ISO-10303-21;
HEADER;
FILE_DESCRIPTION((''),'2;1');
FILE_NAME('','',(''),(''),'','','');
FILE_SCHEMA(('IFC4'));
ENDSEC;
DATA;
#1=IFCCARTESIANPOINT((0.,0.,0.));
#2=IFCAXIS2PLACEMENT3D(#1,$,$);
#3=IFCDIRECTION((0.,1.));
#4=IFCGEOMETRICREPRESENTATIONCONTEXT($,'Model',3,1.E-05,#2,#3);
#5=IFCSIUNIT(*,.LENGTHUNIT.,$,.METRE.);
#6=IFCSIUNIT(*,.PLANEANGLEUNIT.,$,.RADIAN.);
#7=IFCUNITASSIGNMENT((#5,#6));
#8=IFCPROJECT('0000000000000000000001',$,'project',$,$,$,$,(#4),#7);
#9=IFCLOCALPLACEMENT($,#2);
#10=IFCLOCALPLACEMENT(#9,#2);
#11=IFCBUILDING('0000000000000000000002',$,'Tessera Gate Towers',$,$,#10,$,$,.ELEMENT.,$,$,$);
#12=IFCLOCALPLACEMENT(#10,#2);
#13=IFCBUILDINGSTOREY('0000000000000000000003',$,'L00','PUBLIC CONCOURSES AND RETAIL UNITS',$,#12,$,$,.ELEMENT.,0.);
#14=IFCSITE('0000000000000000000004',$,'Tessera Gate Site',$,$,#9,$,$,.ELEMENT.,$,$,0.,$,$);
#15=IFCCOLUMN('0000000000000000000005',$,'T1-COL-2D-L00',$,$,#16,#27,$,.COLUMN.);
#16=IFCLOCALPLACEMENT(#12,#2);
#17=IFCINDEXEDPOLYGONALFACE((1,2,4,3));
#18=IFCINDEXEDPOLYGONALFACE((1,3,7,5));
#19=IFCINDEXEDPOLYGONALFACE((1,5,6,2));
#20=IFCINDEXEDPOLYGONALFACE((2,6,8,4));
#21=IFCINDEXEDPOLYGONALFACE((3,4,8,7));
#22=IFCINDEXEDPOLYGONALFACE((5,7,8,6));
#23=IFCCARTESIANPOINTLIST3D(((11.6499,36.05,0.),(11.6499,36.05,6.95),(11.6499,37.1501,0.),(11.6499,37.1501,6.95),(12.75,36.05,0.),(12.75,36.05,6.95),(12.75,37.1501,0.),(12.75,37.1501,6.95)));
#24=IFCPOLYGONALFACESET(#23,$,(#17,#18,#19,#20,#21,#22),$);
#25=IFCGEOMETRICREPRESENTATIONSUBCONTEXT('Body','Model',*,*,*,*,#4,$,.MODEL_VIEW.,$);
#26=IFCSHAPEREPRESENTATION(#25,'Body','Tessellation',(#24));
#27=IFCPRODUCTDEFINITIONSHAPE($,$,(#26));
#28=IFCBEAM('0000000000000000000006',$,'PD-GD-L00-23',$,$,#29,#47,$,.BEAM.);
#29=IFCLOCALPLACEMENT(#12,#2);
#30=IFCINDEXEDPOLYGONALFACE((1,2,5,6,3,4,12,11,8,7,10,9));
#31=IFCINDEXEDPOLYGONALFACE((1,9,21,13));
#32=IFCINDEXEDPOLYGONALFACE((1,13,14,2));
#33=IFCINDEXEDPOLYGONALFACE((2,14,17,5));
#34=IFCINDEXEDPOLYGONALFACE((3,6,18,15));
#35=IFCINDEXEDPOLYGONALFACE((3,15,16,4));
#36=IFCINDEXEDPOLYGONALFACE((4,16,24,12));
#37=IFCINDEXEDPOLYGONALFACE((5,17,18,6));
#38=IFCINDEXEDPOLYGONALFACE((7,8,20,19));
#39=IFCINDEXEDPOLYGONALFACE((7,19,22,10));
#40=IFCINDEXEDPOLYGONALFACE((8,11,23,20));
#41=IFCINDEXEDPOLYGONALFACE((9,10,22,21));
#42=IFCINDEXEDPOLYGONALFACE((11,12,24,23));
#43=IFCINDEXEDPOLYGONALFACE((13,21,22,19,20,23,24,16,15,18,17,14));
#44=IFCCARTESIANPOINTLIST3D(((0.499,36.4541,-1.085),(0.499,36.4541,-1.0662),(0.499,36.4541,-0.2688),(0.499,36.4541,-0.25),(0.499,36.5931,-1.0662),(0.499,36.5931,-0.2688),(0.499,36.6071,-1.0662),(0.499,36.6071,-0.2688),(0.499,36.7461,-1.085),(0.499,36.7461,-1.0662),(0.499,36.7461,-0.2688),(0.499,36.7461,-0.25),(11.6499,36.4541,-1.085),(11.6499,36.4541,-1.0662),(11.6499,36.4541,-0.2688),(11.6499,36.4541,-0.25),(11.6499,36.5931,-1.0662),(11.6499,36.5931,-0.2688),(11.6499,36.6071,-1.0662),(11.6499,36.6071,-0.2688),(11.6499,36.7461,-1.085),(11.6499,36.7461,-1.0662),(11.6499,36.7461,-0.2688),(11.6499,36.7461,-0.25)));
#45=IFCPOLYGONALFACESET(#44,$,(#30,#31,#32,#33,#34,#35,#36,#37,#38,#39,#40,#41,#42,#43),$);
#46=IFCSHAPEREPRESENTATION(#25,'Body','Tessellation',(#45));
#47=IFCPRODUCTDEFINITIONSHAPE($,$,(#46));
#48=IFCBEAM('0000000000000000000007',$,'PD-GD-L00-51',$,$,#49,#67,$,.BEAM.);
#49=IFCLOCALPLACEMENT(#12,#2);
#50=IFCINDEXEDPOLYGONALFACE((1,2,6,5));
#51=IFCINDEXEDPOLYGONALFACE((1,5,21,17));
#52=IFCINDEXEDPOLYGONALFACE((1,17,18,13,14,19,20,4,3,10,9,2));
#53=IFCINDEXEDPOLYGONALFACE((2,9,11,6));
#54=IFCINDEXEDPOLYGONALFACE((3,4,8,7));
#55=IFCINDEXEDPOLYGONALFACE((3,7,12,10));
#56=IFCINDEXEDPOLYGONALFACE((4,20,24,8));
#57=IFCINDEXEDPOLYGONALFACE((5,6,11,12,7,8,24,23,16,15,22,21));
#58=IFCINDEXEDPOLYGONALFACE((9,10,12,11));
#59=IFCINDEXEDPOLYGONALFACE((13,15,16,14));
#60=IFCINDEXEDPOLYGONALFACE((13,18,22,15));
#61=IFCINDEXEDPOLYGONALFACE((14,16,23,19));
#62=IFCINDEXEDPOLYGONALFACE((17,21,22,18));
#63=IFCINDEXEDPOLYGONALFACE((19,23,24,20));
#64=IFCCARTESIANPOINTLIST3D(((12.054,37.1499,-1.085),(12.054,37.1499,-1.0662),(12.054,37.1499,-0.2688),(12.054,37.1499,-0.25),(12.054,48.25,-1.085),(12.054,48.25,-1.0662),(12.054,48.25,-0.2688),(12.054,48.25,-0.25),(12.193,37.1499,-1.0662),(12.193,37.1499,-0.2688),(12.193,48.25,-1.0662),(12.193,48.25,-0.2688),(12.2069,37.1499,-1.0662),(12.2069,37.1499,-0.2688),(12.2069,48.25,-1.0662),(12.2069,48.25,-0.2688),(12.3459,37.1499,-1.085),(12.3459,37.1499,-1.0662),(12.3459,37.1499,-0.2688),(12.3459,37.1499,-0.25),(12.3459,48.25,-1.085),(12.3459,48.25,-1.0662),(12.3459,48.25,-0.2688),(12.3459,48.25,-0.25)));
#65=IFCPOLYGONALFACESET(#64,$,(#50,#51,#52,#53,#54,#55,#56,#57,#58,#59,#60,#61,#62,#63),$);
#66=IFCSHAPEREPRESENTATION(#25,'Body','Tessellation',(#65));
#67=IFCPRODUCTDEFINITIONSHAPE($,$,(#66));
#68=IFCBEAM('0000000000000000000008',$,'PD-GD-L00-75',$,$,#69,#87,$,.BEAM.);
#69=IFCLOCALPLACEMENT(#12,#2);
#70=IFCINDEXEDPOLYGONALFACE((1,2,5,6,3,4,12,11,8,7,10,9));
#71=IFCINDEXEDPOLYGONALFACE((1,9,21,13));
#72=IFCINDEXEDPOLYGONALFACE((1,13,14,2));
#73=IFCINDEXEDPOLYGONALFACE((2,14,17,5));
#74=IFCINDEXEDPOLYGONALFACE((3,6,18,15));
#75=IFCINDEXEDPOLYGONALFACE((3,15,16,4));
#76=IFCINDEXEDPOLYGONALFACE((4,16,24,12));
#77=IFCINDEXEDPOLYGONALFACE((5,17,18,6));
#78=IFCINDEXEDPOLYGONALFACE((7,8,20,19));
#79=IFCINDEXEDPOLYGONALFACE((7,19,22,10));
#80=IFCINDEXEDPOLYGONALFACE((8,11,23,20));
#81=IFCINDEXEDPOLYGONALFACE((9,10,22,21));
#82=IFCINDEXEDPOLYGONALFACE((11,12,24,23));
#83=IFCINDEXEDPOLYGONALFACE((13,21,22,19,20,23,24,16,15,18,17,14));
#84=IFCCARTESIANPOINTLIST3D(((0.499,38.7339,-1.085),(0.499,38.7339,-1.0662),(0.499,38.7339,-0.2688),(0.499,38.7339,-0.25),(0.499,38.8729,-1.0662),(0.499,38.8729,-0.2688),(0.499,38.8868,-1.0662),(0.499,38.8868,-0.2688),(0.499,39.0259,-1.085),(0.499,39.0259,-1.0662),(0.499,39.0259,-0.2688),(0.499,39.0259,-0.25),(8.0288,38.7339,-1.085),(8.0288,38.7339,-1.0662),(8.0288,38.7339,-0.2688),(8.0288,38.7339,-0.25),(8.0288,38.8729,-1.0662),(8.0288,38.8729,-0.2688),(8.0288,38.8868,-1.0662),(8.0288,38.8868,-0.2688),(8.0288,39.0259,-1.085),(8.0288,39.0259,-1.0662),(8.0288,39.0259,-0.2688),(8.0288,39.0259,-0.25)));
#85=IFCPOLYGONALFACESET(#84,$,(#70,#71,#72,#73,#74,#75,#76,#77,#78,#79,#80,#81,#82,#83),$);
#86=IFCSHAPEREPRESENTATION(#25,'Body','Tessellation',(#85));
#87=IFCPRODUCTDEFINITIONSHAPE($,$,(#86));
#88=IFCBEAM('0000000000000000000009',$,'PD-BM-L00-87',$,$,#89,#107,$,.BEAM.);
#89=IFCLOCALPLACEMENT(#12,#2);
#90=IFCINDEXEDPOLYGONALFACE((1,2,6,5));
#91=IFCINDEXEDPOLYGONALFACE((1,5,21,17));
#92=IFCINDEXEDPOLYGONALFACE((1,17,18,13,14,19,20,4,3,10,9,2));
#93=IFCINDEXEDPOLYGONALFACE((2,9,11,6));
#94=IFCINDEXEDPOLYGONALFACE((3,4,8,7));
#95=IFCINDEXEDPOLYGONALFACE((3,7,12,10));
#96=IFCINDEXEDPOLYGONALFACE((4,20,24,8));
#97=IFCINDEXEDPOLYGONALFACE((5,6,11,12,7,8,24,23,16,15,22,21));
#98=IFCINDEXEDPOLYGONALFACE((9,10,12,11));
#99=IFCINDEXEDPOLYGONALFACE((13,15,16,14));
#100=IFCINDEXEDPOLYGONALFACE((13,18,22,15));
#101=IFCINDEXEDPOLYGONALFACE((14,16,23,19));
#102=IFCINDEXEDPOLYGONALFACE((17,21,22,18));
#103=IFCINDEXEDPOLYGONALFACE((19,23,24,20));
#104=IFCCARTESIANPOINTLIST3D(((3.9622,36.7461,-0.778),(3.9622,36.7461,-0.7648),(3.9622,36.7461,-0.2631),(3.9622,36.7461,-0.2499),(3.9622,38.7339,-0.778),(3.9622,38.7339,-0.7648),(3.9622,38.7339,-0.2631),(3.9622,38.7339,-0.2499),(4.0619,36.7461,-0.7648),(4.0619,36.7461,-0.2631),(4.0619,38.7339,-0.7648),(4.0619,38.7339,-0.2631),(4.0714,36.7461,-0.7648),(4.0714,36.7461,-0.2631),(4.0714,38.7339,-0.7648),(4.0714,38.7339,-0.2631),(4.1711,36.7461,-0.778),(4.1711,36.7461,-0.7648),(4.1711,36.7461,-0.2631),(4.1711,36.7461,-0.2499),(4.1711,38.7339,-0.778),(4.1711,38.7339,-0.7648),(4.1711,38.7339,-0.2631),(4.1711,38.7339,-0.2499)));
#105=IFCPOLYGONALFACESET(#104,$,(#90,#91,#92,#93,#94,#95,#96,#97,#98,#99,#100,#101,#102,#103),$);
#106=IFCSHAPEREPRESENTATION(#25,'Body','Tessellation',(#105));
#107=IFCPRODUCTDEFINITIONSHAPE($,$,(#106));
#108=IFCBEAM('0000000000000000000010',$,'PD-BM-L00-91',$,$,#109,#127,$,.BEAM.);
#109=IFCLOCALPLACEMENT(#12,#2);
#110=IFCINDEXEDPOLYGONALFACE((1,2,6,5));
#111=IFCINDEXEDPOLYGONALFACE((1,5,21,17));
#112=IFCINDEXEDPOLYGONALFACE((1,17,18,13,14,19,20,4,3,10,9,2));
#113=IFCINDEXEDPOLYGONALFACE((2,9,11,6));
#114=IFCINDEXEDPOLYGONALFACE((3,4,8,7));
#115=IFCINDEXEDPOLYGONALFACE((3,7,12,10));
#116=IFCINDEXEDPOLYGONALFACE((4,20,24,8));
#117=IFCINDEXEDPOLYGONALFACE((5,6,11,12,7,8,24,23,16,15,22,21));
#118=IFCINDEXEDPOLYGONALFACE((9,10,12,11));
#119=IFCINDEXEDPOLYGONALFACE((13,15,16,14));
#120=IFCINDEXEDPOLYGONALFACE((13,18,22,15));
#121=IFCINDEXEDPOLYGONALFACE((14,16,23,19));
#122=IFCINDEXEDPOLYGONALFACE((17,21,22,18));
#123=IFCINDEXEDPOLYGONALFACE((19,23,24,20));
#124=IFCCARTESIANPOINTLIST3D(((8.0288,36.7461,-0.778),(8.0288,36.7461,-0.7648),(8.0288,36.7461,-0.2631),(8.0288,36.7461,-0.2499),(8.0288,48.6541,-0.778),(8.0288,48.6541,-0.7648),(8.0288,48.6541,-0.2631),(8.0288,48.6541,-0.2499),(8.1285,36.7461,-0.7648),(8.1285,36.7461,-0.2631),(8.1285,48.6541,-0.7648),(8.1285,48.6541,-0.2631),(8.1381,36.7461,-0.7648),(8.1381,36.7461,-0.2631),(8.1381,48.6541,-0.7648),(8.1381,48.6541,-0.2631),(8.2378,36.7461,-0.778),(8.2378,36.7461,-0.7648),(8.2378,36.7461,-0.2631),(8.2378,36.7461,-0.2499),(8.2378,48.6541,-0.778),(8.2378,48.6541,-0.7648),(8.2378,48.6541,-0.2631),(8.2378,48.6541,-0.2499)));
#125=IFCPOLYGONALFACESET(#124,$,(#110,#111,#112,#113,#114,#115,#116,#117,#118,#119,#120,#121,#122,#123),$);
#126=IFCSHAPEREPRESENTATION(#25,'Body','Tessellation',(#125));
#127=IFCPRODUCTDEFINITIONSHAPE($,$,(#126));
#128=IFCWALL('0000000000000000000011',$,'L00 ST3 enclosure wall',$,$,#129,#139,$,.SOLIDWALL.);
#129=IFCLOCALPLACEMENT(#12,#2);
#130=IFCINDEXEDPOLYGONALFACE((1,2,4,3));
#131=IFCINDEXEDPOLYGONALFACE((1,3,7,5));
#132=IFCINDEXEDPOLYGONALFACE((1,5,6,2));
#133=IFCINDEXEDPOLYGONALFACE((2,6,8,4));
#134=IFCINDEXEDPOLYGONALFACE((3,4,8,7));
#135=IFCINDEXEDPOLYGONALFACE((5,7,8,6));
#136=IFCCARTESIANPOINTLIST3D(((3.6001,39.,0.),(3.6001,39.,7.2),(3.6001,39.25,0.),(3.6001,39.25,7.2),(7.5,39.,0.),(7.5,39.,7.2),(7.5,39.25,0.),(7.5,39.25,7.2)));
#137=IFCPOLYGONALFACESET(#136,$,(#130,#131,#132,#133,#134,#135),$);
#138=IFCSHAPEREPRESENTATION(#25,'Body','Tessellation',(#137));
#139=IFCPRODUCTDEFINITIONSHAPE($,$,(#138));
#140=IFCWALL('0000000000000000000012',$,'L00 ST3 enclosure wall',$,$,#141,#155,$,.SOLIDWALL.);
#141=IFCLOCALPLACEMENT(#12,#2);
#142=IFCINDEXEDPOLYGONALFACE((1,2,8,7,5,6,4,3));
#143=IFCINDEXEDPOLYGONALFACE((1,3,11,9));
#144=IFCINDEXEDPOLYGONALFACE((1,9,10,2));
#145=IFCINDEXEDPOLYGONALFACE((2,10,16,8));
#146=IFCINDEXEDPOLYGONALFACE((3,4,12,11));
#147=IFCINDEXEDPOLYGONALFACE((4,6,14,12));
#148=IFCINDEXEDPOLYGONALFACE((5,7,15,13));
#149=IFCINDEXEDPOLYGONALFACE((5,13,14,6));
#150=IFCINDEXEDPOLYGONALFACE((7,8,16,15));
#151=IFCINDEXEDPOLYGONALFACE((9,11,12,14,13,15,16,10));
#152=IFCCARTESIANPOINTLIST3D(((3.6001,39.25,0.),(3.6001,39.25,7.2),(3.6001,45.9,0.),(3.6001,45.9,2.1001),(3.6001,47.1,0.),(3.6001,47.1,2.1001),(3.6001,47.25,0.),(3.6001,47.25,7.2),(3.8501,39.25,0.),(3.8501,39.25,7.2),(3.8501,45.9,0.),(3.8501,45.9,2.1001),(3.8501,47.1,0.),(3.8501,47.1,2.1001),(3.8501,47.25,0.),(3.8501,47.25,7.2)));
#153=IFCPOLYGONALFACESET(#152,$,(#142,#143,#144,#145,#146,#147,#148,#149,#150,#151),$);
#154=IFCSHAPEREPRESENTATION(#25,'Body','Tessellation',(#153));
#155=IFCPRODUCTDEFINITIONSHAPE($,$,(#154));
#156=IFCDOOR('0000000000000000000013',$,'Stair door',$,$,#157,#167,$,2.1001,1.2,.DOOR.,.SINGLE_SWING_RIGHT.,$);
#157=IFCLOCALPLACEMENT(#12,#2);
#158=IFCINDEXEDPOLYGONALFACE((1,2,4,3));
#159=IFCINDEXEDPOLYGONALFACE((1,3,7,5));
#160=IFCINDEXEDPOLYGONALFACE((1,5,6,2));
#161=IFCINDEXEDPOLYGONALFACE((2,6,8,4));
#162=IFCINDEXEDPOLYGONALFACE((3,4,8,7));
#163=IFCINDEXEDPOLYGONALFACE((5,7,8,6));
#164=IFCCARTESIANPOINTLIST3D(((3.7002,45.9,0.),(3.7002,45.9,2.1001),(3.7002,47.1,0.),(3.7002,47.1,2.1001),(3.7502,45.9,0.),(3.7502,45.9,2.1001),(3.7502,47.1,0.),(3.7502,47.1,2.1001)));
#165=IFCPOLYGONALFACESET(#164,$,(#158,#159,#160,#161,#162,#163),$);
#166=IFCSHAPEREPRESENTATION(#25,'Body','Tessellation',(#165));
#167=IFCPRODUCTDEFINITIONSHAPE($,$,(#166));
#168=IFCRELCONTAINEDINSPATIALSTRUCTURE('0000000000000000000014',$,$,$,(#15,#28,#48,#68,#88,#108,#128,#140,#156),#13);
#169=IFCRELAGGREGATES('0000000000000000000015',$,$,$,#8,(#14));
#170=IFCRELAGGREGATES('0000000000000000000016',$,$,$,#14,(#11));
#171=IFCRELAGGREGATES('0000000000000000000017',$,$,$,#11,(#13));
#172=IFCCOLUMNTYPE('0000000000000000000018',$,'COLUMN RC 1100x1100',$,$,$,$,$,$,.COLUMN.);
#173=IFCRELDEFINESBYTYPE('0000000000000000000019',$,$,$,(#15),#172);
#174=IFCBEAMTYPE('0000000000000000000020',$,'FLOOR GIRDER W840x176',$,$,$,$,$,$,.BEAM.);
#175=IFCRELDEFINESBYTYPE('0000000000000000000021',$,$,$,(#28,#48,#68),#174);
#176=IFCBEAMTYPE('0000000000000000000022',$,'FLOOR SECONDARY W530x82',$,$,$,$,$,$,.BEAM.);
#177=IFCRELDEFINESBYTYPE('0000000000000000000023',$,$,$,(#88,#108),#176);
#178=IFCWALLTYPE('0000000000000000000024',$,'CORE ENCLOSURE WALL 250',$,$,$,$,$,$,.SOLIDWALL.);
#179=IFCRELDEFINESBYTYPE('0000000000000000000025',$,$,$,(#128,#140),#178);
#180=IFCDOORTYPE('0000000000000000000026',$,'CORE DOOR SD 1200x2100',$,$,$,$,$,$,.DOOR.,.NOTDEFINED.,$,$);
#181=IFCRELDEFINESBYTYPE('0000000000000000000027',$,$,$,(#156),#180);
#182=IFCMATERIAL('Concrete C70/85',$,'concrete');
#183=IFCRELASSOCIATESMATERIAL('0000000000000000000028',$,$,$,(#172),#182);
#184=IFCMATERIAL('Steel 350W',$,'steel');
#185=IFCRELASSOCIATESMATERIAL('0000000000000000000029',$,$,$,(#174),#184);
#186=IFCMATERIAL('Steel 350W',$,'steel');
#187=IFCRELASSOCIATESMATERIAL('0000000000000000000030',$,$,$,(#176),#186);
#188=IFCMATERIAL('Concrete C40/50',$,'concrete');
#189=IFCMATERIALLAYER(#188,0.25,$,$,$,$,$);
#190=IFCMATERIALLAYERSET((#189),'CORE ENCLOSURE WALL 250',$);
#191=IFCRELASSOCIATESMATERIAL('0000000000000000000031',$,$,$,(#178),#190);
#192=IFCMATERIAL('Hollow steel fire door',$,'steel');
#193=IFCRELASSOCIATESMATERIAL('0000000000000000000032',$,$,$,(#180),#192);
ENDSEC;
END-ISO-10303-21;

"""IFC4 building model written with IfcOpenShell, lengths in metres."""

from ifc_helpers import new_model, si_unit, direction, frame, frame_2d, origin, origin_2d, place, context, subcontext, project, spatial, rectangle, i_section, extrude, source, transform, mapped, material, layer, layer_set, material_profile, profile_set, type_object, element, fill, save


model = new_model("IFC4")

# Units and contexts
model_context = context("Model", 3, precision=1e-05, world=origin(), true_north=direction((0.0, 1.0)))
body_context = subcontext(model_context, "Body", "Model", "MODEL_VIEW")
ifc_project = project(units=[si_unit("LENGTHUNIT", "METRE"), si_unit("PLANEANGLEUNIT", "RADIAN")], contexts=[model_context])

# Site, building, storey
site_placement = place(None, origin())
site = spatial("IfcSite", under=ifc_project, at=site_placement, Name="Tessera Gate Site", CompositionType="ELEMENT", RefElevation=0.0)
building_placement = place(site_placement, origin())
building = spatial("IfcBuilding", under=site, at=building_placement, Name="Tessera Gate Towers", CompositionType="ELEMENT")
storey_placement = place(building_placement, origin())
storey = spatial("IfcBuildingStorey", under=building, at=storey_placement, Name="L00", Description="PUBLIC CONCOURSES AND RETAIL UNITS", CompositionType="ELEMENT", Elevation=0.0)

# Column
ifc_material_1 = material(Name="Concrete C70/85", Category="concrete")
ifc_material_profile_1 = material_profile(ifc_material_1, rectangle(XDim=1.1001, YDim=1.1001, at=origin_2d()), Name="RC 1100x1100")
ifc_profile_set_1 = profile_set([ifc_material_profile_1], Name="Concrete C70/85")
column_type = type_object("IfcColumnType", Name="COLUMN RC 1100x1100", PredefinedType="COLUMN", material=ifc_profile_set_1)
column_placement = place(storey_placement, frame((12.2, 36.6001, 0.0), z_axis=(0.0, 0.0, 1.0), x_axis=(1.0, 0.0, 0.0)))
element("IfcColumn", 1, at=column_placement, inside=storey, type_object=column_type, Name="T1-COL-2D-L00", PredefinedType="COLUMN", context=body_context, shape_type="SweptSolid", body=[
    extrude(rectangle(XDim=1.1001, YDim=1.1001, at=origin_2d()), origin(), (0.0, 0.0, 1.0), 6.95),
])

# Beams
ifc_material_2 = material(Name="Steel 350W", Category="steel")
ifc_material_profile_2 = material_profile(ifc_material_2, i_section(OverallWidth=0.292, OverallDepth=0.835, WebThickness=0.0139, FlangeThickness=0.0188, at=origin_2d()), Name="W840x176")
ifc_profile_set_2 = profile_set([ifc_material_profile_2], Name="Steel 350W")
beam_type_1 = type_object("IfcBeamType", Name="FLOOR GIRDER W840x176", PredefinedType="BEAM", material=ifc_profile_set_2)
beam_1_placement = place(storey_placement, frame((0.499, 36.6001, -0.6675), z_axis=(1.0, 0.0, 0.0), x_axis=(0.0, 1.0, 0.0)))
element("IfcBeam", 2, at=beam_1_placement, inside=storey, type_object=beam_type_1, Name="PD-GD-L00-23", PredefinedType="BEAM", context=body_context, shape_type="SweptSolid", body=[
    extrude(i_section(OverallWidth=0.292, OverallDepth=0.835, WebThickness=0.0139, FlangeThickness=0.0188, at=origin_2d()), origin(), (0.0, 0.0, 1.0), 11.1509),
])
beam_2_placement = place(storey_placement, frame((12.2, 37.1499, -0.6675), z_axis=(0.0, 1.0, 0.0), x_axis=(-1.0, 0.0, 0.0)))
element("IfcBeam", 3, at=beam_2_placement, inside=storey, type_object=beam_type_1, Name="PD-GD-L00-51", PredefinedType="BEAM", context=body_context, shape_type="SweptSolid", body=[
    extrude(i_section(OverallWidth=0.292, OverallDepth=0.835, WebThickness=0.0139, FlangeThickness=0.0188, at=origin_2d()), origin(), (0.0, 0.0, 1.0), 11.1001),
])
beam_3_placement = place(storey_placement, frame((0.499, 38.8799, -0.6675), z_axis=(1.0, 0.0, 0.0), x_axis=(0.0, 1.0, 0.0)))
element("IfcBeam", 4, at=beam_3_placement, inside=storey, type_object=beam_type_1, Name="PD-GD-L00-75", PredefinedType="BEAM", context=body_context, shape_type="SweptSolid", body=[
    extrude(i_section(OverallWidth=0.292, OverallDepth=0.835, WebThickness=0.0139, FlangeThickness=0.0188, at=origin_2d()), origin(), (0.0, 0.0, 1.0), 7.5298),
])
ifc_material_3 = material(Name="Steel 350W", Category="steel")
ifc_material_profile_3 = material_profile(ifc_material_3, i_section(OverallWidth=0.209, OverallDepth=0.5281, WebThickness=0.0095, FlangeThickness=0.0132, at=origin_2d()), Name="W530x82")
ifc_profile_set_3 = profile_set([ifc_material_profile_3], Name="Steel 350W")
beam_type_2 = type_object("IfcBeamType", Name="FLOOR SECONDARY W530x82", PredefinedType="BEAM", material=ifc_profile_set_3)
beam_4_placement = place(storey_placement, frame((4.0667, 36.7461, -0.5139), z_axis=(0.0, 1.0, 0.0), x_axis=(-1.0, 0.0, 0.0)))
element("IfcBeam", 5, at=beam_4_placement, inside=storey, type_object=beam_type_2, Name="PD-BM-L00-87", PredefinedType="BEAM", context=body_context, shape_type="SweptSolid", body=[
    extrude(i_section(OverallWidth=0.209, OverallDepth=0.5281, WebThickness=0.0095, FlangeThickness=0.0132, at=origin_2d()), origin(), (0.0, 0.0, 1.0), 1.9878),
])
beam_5_placement = place(storey_placement, frame((8.1333, 36.7461, -0.5139), z_axis=(0.0, 1.0, 0.0), x_axis=(-1.0, 0.0, 0.0)))
element("IfcBeam", 6, at=beam_5_placement, inside=storey, type_object=beam_type_2, Name="PD-BM-L00-91", PredefinedType="BEAM", context=body_context, shape_type="SweptSolid", body=[
    extrude(i_section(OverallWidth=0.209, OverallDepth=0.5281, WebThickness=0.0095, FlangeThickness=0.0132, at=origin_2d()), origin(), (0.0, 0.0, 1.0), 11.908),
])

# Wall
ifc_material_4 = material(Name="Concrete C40/50", Category="concrete")
ifc_layer_1 = layer(ifc_material_4, 0.25)
ifc_layer_set_1 = layer_set([ifc_layer_1], Name="CORE ENCLOSURE WALL 250")
wall_type_1 = type_object("IfcWallType", Name="CORE ENCLOSURE WALL 250", PredefinedType="SOLIDWALL", material=ifc_layer_set_1)
wall_1_placement = place(storey_placement, frame((7.5, 39.125, 0.0), z_axis=(0.0, 0.0, 1.0), x_axis=(-1.0, 0.0, 0.0)))
element("IfcWall", 7, at=wall_1_placement, inside=storey, type_object=wall_type_1, Name="L00 ST3 enclosure wall", PredefinedType="SOLIDWALL", context=body_context, shape_type="SweptSolid", body=[
    extrude(rectangle(XDim=3.8999, YDim=0.25, at=frame_2d((1.95, 0.0))), origin(), (0.0, 0.0, 1.0), 7.2),
])

# Wall, opening, door
wall_2_placement = place(storey_placement, frame((3.7251, 39.25, 0.0), z_axis=(0.0, 0.0, 1.0), x_axis=(0.0, 1.0, 0.0)))
wall_2 = element("IfcWall", 8, at=wall_2_placement, inside=storey, type_object=wall_type_1, Name="L00 ST3 enclosure wall", PredefinedType="SOLIDWALL", context=body_context, shape_type="SweptSolid", body=[
    extrude(rectangle(XDim=8.0, YDim=0.25, at=frame_2d((4.0, 0.0))), origin(), (0.0, 0.0, 1.0), 7.2),
])
shared_shape_1 = source(origin(), body_context, "Body", "SweptSolid", [
    extrude(rectangle(XDim=1.2, YDim=2.1001, at=frame_2d((0.6001, 1.05))), frame((0.0, 0.135, 0.0), z_axis=(0.0, -1.0, 0.0), x_axis=(1.0, 0.0, 0.0)), (0.0, 0.0, 1.0), 0.27),
])
opening_1_placement = place(wall_2_placement, frame((6.6499, 0.0, 0.0)))
opening_1 = element("IfcOpeningElement", 9, at=opening_1_placement, cuts=wall_2, PredefinedType="OPENING", context=body_context, shape_type="MappedRepresentation", body=[
    mapped(shared_shape_1, transform((0.0, 0.0, 0.0), scale=1.0)),
])
ifc_material_5 = material(Name="Hollow steel fire door", Category="steel")
door_type_1 = type_object("IfcDoorType", Name="CORE DOOR SD 1200x2100", OperationType="NOTDEFINED", PredefinedType="DOOR", material=ifc_material_5)
shared_shape_2 = source(origin(), body_context, "Body", "SweptSolid", [
    extrude(rectangle(XDim=1.2, YDim=2.1001, at=frame_2d((0.6001, 1.05))), frame((0.0, 0.0249, 0.0), z_axis=(0.0, -1.0, 0.0), x_axis=(1.0, 0.0, 0.0)), (0.0, 0.0, 1.0), 0.05),
])
door_1_placement = place(opening_1_placement, origin())
door_1 = element("IfcDoor", 10, at=door_1_placement, inside=storey, type_object=door_type_1, Name="Stair door", OperationType="SINGLE_SWING_RIGHT", OverallHeight=2.1001, OverallWidth=1.2, PredefinedType="DOOR", context=body_context, shape_type="MappedRepresentation", body=[
    mapped(shared_shape_2, transform((0.0, 0.0, 0.0), scale=1.0)),
])
fill(opening_1, door_1)

save(model, "model.ifc")
